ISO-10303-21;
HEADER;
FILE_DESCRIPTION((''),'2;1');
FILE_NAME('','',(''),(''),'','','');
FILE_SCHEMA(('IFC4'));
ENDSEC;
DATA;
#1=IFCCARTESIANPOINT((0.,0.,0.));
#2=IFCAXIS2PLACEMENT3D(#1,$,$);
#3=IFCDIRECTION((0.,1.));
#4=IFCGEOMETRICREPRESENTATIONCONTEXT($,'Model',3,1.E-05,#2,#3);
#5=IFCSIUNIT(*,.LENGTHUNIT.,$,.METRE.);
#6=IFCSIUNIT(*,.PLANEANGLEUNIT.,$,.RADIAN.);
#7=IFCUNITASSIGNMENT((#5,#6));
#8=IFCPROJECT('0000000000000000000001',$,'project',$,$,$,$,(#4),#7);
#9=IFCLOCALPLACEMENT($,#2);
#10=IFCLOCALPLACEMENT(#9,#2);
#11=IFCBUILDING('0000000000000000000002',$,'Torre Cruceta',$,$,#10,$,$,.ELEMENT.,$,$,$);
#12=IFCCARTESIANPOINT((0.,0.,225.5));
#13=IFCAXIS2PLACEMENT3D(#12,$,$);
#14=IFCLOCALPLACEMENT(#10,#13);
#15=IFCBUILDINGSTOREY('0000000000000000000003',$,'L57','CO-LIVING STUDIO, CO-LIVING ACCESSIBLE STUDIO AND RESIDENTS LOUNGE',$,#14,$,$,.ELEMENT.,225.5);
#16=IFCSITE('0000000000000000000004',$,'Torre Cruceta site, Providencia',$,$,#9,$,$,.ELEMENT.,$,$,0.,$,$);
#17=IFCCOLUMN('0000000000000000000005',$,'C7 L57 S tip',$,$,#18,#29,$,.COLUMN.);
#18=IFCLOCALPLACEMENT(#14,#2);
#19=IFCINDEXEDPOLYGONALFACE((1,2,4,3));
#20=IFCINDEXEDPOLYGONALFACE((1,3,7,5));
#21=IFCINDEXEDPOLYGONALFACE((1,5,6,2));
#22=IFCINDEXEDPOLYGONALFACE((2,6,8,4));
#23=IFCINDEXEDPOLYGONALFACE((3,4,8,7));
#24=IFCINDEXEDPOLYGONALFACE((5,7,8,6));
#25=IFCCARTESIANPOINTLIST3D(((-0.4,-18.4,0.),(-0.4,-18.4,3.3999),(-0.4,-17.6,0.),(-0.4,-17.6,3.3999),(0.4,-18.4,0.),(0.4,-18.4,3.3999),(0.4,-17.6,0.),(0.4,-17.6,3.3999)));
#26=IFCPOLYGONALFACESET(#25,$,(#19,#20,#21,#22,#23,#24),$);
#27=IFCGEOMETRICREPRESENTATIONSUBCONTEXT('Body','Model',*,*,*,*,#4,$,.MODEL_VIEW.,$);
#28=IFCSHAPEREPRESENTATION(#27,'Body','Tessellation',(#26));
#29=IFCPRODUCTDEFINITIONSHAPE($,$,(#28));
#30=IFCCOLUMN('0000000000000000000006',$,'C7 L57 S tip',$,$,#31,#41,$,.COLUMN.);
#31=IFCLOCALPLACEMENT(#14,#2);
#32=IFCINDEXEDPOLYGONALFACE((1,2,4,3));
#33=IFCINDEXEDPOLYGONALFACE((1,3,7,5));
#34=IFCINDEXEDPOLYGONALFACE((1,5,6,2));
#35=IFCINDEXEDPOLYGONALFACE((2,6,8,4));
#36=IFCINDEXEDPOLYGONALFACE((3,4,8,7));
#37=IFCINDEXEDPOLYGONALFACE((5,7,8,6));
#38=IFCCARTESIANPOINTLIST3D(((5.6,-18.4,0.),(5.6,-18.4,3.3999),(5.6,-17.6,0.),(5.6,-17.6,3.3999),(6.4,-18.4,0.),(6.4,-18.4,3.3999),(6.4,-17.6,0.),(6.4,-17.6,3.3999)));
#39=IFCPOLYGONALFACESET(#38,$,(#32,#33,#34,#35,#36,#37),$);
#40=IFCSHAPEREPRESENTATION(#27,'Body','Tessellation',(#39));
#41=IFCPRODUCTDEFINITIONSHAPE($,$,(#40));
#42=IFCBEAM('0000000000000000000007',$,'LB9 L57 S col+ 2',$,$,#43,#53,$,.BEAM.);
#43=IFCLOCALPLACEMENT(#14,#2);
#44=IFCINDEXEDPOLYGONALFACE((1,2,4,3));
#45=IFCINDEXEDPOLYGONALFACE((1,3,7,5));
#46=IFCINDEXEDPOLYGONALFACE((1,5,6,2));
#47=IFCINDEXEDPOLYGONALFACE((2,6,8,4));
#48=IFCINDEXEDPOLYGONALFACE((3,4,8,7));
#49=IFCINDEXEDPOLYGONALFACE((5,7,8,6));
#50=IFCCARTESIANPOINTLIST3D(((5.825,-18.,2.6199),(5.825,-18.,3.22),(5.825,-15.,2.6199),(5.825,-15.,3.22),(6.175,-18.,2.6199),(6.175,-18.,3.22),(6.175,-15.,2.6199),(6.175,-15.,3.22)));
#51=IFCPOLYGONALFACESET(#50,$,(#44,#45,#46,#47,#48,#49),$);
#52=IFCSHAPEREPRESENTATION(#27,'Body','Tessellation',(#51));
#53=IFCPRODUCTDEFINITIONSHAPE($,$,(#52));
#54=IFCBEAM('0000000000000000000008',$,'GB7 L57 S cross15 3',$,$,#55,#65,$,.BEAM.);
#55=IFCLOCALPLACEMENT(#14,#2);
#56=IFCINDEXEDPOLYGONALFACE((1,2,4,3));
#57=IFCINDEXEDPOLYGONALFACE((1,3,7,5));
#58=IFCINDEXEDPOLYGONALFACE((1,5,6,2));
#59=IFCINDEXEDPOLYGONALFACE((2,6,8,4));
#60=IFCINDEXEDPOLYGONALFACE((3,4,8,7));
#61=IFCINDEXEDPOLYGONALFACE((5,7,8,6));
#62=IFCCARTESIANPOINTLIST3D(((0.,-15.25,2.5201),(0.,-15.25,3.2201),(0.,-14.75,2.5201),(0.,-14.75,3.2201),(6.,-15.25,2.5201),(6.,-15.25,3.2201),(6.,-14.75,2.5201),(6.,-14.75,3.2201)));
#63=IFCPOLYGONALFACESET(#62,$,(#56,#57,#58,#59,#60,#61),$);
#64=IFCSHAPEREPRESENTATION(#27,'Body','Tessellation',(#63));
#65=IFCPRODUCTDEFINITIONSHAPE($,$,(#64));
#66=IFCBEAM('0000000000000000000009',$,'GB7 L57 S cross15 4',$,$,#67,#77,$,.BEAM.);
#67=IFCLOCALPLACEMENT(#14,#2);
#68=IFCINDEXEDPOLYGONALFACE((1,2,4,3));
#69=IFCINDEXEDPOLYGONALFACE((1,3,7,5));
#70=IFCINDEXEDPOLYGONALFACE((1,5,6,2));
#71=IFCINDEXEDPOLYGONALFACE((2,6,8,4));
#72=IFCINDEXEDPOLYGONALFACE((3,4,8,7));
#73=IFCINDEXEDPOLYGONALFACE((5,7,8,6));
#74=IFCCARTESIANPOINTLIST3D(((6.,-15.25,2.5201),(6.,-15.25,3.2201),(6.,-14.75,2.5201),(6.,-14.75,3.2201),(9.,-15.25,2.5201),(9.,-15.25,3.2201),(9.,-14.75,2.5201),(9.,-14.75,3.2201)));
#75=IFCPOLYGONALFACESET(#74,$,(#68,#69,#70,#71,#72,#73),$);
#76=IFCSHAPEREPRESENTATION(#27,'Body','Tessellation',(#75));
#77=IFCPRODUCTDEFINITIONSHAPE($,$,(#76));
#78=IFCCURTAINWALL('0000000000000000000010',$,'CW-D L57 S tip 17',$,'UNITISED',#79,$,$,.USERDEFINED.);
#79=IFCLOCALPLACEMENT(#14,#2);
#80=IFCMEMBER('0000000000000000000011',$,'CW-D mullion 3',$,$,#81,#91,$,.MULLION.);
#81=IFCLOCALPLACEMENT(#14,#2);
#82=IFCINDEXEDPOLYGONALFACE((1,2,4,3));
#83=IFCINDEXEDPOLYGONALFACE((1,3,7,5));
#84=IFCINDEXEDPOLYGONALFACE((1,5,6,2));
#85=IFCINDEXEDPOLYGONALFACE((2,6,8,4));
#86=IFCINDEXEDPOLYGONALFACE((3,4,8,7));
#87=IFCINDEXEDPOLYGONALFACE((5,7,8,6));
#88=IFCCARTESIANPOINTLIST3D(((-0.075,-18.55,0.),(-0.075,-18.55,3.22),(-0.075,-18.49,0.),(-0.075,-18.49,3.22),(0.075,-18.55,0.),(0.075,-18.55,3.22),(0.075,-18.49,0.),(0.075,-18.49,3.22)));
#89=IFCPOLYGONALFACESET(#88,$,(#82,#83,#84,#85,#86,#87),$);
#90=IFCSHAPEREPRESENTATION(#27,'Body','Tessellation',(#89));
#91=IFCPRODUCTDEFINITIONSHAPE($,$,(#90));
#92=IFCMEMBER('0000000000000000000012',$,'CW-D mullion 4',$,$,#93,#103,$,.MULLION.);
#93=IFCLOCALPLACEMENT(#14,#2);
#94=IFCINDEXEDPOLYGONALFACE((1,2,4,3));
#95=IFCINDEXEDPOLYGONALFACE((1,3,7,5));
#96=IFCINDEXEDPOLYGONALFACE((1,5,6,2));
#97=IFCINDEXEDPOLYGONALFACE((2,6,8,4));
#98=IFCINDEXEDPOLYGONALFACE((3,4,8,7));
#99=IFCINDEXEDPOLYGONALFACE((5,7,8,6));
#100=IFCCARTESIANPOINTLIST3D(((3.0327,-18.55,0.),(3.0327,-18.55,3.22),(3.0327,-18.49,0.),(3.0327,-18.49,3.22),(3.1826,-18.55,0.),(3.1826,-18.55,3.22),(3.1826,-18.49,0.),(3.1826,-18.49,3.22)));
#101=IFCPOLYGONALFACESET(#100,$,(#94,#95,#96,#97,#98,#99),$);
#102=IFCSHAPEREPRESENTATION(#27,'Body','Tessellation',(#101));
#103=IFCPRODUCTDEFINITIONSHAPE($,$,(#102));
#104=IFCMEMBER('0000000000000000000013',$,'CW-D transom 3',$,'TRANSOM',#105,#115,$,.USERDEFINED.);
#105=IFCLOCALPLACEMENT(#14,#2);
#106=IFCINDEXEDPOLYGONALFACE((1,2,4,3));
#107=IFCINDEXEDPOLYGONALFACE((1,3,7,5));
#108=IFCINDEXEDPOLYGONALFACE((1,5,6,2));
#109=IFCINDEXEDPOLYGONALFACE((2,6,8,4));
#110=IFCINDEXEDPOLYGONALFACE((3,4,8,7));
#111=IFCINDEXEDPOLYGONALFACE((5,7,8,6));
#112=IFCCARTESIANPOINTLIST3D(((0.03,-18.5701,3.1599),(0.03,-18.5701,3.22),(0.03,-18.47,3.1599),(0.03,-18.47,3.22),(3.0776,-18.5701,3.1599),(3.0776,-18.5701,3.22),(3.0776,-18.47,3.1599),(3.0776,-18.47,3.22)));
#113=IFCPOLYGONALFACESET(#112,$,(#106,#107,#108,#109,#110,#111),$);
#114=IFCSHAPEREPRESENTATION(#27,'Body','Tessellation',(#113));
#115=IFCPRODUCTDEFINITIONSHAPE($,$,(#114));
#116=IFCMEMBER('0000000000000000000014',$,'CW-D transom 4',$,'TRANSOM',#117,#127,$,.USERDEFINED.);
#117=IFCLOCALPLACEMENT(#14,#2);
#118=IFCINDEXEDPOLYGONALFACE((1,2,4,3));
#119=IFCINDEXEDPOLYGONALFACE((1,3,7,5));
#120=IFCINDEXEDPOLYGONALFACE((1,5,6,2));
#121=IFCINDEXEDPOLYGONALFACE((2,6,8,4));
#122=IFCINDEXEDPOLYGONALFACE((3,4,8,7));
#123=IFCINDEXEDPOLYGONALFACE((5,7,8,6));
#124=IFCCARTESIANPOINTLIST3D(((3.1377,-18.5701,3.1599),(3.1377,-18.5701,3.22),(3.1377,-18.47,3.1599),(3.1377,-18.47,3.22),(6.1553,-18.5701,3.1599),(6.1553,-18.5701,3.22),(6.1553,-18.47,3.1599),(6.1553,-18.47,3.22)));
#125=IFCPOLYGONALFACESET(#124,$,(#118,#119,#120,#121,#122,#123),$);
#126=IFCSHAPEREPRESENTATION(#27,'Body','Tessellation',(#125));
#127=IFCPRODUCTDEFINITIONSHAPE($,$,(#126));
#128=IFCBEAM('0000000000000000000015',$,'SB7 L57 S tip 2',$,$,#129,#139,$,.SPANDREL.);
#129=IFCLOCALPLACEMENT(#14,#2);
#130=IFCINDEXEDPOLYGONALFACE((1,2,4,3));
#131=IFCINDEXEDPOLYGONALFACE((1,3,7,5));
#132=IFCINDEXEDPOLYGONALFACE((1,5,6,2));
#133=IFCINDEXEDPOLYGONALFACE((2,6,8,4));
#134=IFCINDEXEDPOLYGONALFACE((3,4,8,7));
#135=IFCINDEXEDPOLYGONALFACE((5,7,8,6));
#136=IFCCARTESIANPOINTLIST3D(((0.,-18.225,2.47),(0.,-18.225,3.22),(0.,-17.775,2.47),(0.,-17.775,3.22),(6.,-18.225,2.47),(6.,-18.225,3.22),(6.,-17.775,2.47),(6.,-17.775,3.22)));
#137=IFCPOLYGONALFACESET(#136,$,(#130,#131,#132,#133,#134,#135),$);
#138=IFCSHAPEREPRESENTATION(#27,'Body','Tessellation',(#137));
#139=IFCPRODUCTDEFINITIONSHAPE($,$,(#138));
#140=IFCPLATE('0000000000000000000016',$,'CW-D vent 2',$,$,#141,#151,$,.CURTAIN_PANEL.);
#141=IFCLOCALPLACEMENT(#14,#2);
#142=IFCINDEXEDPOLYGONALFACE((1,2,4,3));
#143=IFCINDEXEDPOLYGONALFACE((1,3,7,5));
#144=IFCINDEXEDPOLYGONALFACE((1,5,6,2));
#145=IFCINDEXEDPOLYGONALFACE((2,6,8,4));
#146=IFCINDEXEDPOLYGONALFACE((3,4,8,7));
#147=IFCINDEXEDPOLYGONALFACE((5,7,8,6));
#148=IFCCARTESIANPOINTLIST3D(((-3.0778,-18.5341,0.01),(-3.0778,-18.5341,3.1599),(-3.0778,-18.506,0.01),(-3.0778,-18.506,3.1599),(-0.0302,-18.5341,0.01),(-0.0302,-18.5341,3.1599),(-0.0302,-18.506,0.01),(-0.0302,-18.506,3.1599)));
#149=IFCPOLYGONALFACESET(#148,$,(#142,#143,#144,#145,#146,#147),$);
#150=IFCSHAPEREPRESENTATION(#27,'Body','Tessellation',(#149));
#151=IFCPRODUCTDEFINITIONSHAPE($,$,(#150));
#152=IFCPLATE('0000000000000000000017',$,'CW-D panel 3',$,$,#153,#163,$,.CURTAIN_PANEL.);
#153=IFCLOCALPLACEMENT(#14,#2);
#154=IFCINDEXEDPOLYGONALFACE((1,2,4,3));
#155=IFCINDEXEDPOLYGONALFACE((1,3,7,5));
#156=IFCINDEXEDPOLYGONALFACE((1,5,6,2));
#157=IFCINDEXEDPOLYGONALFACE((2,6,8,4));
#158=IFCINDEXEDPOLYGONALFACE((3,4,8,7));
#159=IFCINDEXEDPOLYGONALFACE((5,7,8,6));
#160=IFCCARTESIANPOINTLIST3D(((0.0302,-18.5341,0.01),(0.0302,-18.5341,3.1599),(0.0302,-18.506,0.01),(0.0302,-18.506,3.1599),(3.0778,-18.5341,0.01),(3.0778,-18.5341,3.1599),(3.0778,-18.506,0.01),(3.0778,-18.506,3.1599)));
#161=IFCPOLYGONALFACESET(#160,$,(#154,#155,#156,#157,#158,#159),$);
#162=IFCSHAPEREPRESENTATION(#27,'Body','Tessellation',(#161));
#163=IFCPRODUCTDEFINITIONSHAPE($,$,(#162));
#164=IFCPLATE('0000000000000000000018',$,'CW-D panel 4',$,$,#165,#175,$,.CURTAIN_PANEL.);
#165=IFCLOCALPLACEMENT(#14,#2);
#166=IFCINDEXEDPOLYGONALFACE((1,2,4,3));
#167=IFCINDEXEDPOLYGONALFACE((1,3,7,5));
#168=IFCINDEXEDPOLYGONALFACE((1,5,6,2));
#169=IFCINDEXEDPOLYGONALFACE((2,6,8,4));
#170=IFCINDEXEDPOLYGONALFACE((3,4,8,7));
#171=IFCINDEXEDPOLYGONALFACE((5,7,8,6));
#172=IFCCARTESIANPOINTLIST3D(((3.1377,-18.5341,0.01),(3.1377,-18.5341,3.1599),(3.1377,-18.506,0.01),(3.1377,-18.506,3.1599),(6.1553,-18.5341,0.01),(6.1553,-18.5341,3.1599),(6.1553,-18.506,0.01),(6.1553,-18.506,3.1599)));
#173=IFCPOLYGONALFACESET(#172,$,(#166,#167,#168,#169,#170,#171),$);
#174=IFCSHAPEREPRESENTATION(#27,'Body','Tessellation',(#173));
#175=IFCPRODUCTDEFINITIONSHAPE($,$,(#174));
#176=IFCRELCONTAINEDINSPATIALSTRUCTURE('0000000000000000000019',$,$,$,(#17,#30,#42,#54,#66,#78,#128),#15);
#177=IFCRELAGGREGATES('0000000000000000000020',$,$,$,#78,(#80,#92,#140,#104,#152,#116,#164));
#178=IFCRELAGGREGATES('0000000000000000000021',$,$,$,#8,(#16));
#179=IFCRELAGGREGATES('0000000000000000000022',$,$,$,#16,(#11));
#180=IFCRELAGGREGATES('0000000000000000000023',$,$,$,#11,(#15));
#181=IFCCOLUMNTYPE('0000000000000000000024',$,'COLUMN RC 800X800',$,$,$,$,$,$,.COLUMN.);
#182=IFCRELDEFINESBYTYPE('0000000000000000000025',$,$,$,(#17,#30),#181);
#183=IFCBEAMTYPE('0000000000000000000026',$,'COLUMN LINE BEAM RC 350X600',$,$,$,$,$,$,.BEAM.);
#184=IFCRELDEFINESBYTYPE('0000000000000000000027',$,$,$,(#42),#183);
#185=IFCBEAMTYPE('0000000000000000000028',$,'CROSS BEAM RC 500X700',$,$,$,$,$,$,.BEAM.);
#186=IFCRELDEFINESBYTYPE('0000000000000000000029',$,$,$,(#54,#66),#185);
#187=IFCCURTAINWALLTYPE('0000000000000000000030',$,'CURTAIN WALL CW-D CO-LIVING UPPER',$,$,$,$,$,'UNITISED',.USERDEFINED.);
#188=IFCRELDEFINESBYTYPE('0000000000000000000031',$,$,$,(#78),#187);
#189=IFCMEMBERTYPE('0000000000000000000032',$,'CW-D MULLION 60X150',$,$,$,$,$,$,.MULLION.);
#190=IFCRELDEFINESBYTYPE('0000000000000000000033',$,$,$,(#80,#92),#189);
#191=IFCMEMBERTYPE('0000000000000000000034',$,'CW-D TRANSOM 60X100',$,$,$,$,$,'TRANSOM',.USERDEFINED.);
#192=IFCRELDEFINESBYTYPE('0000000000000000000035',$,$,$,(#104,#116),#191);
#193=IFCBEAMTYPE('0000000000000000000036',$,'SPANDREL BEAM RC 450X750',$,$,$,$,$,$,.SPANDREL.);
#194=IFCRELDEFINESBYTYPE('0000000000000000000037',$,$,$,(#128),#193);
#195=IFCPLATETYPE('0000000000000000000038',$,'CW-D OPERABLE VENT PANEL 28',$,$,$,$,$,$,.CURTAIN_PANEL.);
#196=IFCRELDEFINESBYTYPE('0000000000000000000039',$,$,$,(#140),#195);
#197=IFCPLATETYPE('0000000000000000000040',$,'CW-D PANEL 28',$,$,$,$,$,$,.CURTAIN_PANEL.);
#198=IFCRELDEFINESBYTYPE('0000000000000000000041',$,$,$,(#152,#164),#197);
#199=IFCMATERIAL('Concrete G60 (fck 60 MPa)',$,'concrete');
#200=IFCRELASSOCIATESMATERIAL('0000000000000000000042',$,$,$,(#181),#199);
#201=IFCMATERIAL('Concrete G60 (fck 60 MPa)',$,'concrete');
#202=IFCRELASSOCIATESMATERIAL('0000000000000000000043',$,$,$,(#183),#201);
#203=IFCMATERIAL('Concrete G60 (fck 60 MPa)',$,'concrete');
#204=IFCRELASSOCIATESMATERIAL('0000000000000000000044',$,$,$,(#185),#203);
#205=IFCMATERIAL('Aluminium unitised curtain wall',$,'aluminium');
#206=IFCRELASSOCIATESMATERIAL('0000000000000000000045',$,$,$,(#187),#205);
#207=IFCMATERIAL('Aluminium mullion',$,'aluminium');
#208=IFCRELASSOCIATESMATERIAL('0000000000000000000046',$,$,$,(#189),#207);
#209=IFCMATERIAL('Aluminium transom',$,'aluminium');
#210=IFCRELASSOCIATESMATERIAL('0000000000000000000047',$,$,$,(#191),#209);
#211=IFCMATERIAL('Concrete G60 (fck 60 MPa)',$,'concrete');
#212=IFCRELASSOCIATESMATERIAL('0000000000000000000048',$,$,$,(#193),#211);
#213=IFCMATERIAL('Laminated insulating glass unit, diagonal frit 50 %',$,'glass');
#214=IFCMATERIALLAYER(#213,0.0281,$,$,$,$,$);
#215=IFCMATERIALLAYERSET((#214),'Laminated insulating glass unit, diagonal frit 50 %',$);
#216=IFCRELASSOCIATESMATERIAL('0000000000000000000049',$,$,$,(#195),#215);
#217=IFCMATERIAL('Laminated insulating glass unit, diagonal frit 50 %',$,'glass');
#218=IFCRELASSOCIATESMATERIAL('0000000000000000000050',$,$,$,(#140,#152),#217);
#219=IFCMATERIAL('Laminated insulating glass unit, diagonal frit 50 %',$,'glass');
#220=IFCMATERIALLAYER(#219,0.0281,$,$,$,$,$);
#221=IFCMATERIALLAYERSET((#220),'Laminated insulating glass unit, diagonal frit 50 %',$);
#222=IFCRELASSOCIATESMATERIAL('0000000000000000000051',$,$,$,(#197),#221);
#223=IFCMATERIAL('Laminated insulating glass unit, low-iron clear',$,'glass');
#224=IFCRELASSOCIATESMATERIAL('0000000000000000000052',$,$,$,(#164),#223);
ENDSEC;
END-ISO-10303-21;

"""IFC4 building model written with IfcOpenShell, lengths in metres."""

from ifc_helpers import new_model, si_unit, direction, frame, origin, origin_2d, place, context, subcontext, project, spatial, rectangle, extrude, material, layer, layer_set, material_profile, profile_set, type_object, element, aggregate, save


model = new_model("IFC4")

# Units and contexts
model_context = context("Model", 3, precision=1e-05, world=origin(), true_north=direction((0.0, 1.0)))
body_context = subcontext(model_context, "Body", "Model", "MODEL_VIEW")
ifc_project = project(units=[si_unit("LENGTHUNIT", "METRE"), si_unit("PLANEANGLEUNIT", "RADIAN")], contexts=[model_context])

# Site, building, storey
site_placement = place(None, origin())
site = spatial("IfcSite", under=ifc_project, at=site_placement, Name="Torre Cruceta site, Providencia", CompositionType="ELEMENT", RefElevation=0.0)
building_placement = place(site_placement, origin())
building = spatial("IfcBuilding", under=site, at=building_placement, Name="Torre Cruceta", CompositionType="ELEMENT")
storey_placement = place(building_placement, frame((0.0, 0.0, 225.5)))
storey = spatial("IfcBuildingStorey", under=building, at=storey_placement, Name="L57", Description="CO-LIVING STUDIO, CO-LIVING ACCESSIBLE STUDIO AND RESIDENTS LOUNGE", CompositionType="ELEMENT", Elevation=225.5)

# Columns
ifc_material_1 = material(Name="Concrete G60 (fck 60 MPa)", Category="concrete")
ifc_material_profile_1 = material_profile(ifc_material_1, rectangle(XDim=0.8, YDim=0.8, at=origin_2d()), Name="RC 800X800")
ifc_profile_set_1 = profile_set([ifc_material_profile_1], Name="Concrete G60 (fck 60 MPa)")
column_type = type_object("IfcColumnType", Name="COLUMN RC 800X800", PredefinedType="COLUMN", material=ifc_profile_set_1)
for number, where, z_axis, x_axis, name in (
    (1, (0.0, -18.0, 0.0), (0.0, 0.0, 1.0), (1.0, 0.0, 0.0), "C7 L57 S tip"),
    (2, (6.0, -18.0, 0.0), (0.0, 0.0, 1.0), (1.0, 0.0, 0.0), "C7 L57 S tip"),
):
    element("IfcColumn", number, at=place(storey_placement, frame(where, z_axis=z_axis, x_axis=x_axis)), inside=storey, type_object=column_type, Name=name, PredefinedType="COLUMN", context=body_context, shape_type="SweptSolid", body=[
        extrude(rectangle(XDim=0.8, YDim=0.8, at=origin_2d()), origin(), (0.0, 0.0, 1.0), 3.3999),
    ])

# Beams
ifc_material_2 = material(Name="Concrete G60 (fck 60 MPa)", Category="concrete")
ifc_material_profile_2 = material_profile(ifc_material_2, rectangle(XDim=0.3501, YDim=0.6001, at=origin_2d()), Name="RC 350X600")
ifc_profile_set_2 = profile_set([ifc_material_profile_2], Name="Concrete G60 (fck 60 MPa)")
beam_type_1 = type_object("IfcBeamType", Name="COLUMN LINE BEAM RC 350X600", PredefinedType="BEAM", material=ifc_profile_set_2)
beam_1_placement = place(storey_placement, frame((6.0, -15.0, 2.9199), z_axis=(0.0, -1.0, 0.0), x_axis=(1.0, 0.0, 0.0)))
element("IfcBeam", 3, at=beam_1_placement, inside=storey, type_object=beam_type_1, Name="LB9 L57 S col+ 2", PredefinedType="BEAM", context=body_context, shape_type="SweptSolid", body=[
    extrude(rectangle(XDim=0.3501, YDim=0.6001, at=origin_2d()), origin(), (0.0, 0.0, 1.0), 3.0),
])
ifc_material_3 = material(Name="Concrete G60 (fck 60 MPa)", Category="concrete")
ifc_material_profile_3 = material_profile(ifc_material_3, rectangle(XDim=0.5, YDim=0.7, at=origin_2d()), Name="RC 500X700")
ifc_profile_set_3 = profile_set([ifc_material_profile_3], Name="Concrete G60 (fck 60 MPa)")
beam_type_2 = type_object("IfcBeamType", Name="CROSS BEAM RC 500X700", PredefinedType="BEAM", material=ifc_profile_set_3)
beam_2_placement = place(storey_placement, frame((0.0, -15.0, 2.8701), z_axis=(1.0, 0.0, 0.0), x_axis=(0.0, 1.0, 0.0)))
element("IfcBeam", 4, at=beam_2_placement, inside=storey, type_object=beam_type_2, Name="GB7 L57 S cross15 3", PredefinedType="BEAM", context=body_context, shape_type="SweptSolid", body=[
    extrude(rectangle(XDim=0.5, YDim=0.7, at=origin_2d()), origin(), (0.0, 0.0, 1.0), 6.0),
])
beam_3_placement = place(storey_placement, frame((6.0, -15.0, 2.8701), z_axis=(1.0, 0.0, 0.0), x_axis=(0.0, 1.0, 0.0)))
element("IfcBeam", 5, at=beam_3_placement, inside=storey, type_object=beam_type_2, Name="GB7 L57 S cross15 4", PredefinedType="BEAM", context=body_context, shape_type="SweptSolid", body=[
    extrude(rectangle(XDim=0.5, YDim=0.7, at=origin_2d()), origin(), (0.0, 0.0, 1.0), 3.0),
])

# Curtain wall, members
ifc_material_4 = material(Name="Aluminium unitised curtain wall", Category="aluminium")
curtain_wall_type = type_object("IfcCurtainWallType", Name="CURTAIN WALL CW-D CO-LIVING UPPER", ElementType="UNITISED", PredefinedType="USERDEFINED", material=ifc_material_4)
curtain_wall_placement = place(storey_placement, origin())
curtain_wall = element("IfcCurtainWall", 6, at=curtain_wall_placement, inside=storey, type_object=curtain_wall_type, Name="CW-D L57 S tip 17", ObjectType="UNITISED", PredefinedType="USERDEFINED")
ifc_material_5 = material(Name="Aluminium mullion", Category="aluminium")
ifc_material_profile_4 = material_profile(ifc_material_5, rectangle(XDim=0.0601, YDim=0.1499, at=origin_2d()), Name="AL 60X150")
ifc_profile_set_4 = profile_set([ifc_material_profile_4], Name="Aluminium mullion")
member_type_1 = type_object("IfcMemberType", Name="CW-D MULLION 60X150", PredefinedType="MULLION", material=ifc_profile_set_4)
member_1_placement = place(storey_placement, frame((0.0, -18.52, 0.0), z_axis=(0.0, 0.0, 1.0), x_axis=(0.0, 1.0, 0.0)))
member_1 = element("IfcMember", 7, at=member_1_placement, type_object=member_type_1, Name="CW-D mullion 3", PredefinedType="MULLION", context=body_context, shape_type="SweptSolid", body=[
    extrude(rectangle(XDim=0.0601, YDim=0.1499, at=origin_2d()), origin(), (0.0, 0.0, 1.0), 3.22),
])
member_2_placement = place(storey_placement, frame((3.1077, -18.52, 0.0), z_axis=(0.0, 0.0, 1.0), x_axis=(0.0, 1.0, 0.0)))
member_2 = element("IfcMember", 8, at=member_2_placement, type_object=member_type_1, Name="CW-D mullion 4", PredefinedType="MULLION", context=body_context, shape_type="SweptSolid", body=[
    extrude(rectangle(XDim=0.0601, YDim=0.1499, at=origin_2d()), origin(), (0.0, 0.0, 1.0), 3.22),
])
ifc_material_6 = material(Name="Aluminium transom", Category="aluminium")
ifc_material_profile_5 = material_profile(ifc_material_6, rectangle(XDim=0.1001, YDim=0.0601, at=origin_2d()), Name="AL 100X60")
ifc_profile_set_5 = profile_set([ifc_material_profile_5], Name="Aluminium transom")
member_type_2 = type_object("IfcMemberType", Name="CW-D TRANSOM 60X100", ElementType="TRANSOM", PredefinedType="USERDEFINED", material=ifc_profile_set_5)
member_3_placement = place(storey_placement, frame((0.03, -18.52, 3.1899), z_axis=(1.0, 0.0, 0.0), x_axis=(0.0, 1.0, 0.0)))
member_3 = element("IfcMember", 9, at=member_3_placement, type_object=member_type_2, Name="CW-D transom 3", ObjectType="TRANSOM", PredefinedType="USERDEFINED", context=body_context, shape_type="SweptSolid", body=[
    extrude(rectangle(XDim=0.1001, YDim=0.0601, at=origin_2d()), origin(), (0.0, 0.0, 1.0), 3.0476),
])
member_4_placement = place(storey_placement, frame((3.1377, -18.52, 3.1899), z_axis=(1.0, 0.0, 0.0), x_axis=(0.0, 1.0, 0.0)))
member_4 = element("IfcMember", 10, at=member_4_placement, type_object=member_type_2, Name="CW-D transom 4", ObjectType="TRANSOM", PredefinedType="USERDEFINED", context=body_context, shape_type="SweptSolid", body=[
    extrude(rectangle(XDim=0.1001, YDim=0.0601, at=origin_2d()), origin(), (0.0, 0.0, 1.0), 3.0176),
])

# Beam
ifc_material_7 = material(Name="Concrete G60 (fck 60 MPa)", Category="concrete")
ifc_material_profile_6 = material_profile(ifc_material_7, rectangle(XDim=0.45, YDim=0.75, at=origin_2d()), Name="RC 450X750")
ifc_profile_set_6 = profile_set([ifc_material_profile_6], Name="Concrete G60 (fck 60 MPa)")
beam_type_3 = type_object("IfcBeamType", Name="SPANDREL BEAM RC 450X750", PredefinedType="SPANDREL", material=ifc_profile_set_6)
beam_4_placement = place(storey_placement, frame((0.0, -18.0, 2.845), z_axis=(1.0, 0.0, 0.0), x_axis=(0.0, 1.0, 0.0)))
element("IfcBeam", 11, at=beam_4_placement, inside=storey, type_object=beam_type_3, Name="SB7 L57 S tip 2", PredefinedType="SPANDREL", context=body_context, shape_type="SweptSolid", body=[
    extrude(rectangle(XDim=0.45, YDim=0.75, at=origin_2d()), origin(), (0.0, 0.0, 1.0), 6.0),
])

# Plates
ifc_material_8 = material(Name="Laminated insulating glass unit, diagonal frit 50 %", Category="glass")
ifc_material_9 = material(Name="Laminated insulating glass unit, diagonal frit 50 %", Category="glass")
ifc_layer_1 = layer(ifc_material_9, 0.0281)
ifc_layer_set_1 = layer_set([ifc_layer_1], Name="Laminated insulating glass unit, diagonal frit 50 %")
plate_type_1 = type_object("IfcPlateType", Name="CW-D OPERABLE VENT PANEL 28", PredefinedType="CURTAIN_PANEL", material=ifc_layer_set_1)
plate_1_placement = place(storey_placement, frame((-1.554, -18.52, 0.01), z_axis=(0.0, 0.0, 1.0), x_axis=(1.0, 0.0, 0.0)))
plate_1 = element("IfcPlate", 12, at=plate_1_placement, type_object=plate_type_1, material=ifc_material_8, Name="CW-D vent 2", PredefinedType="CURTAIN_PANEL", context=body_context, shape_type="SweptSolid", body=[
    extrude(rectangle(XDim=3.0476, YDim=0.0281, at=origin_2d()), origin(), (0.0, 0.0, 1.0), 3.1499),
])
ifc_material_10 = material(Name="Laminated insulating glass unit, diagonal frit 50 %", Category="glass")
ifc_layer_2 = layer(ifc_material_10, 0.0281)
ifc_layer_set_2 = layer_set([ifc_layer_2], Name="Laminated insulating glass unit, diagonal frit 50 %")
plate_type_2 = type_object("IfcPlateType", Name="CW-D PANEL 28", PredefinedType="CURTAIN_PANEL", material=ifc_layer_set_2)
plate_2_placement = place(storey_placement, frame((1.554, -18.52, 0.01), z_axis=(0.0, 0.0, 1.0), x_axis=(1.0, 0.0, 0.0)))
plate_2 = element("IfcPlate", 13, at=plate_2_placement, type_object=plate_type_2, material=ifc_material_8, Name="CW-D panel 3", PredefinedType="CURTAIN_PANEL", context=body_context, shape_type="SweptSolid", body=[
    extrude(rectangle(XDim=3.0476, YDim=0.0281, at=origin_2d()), origin(), (0.0, 0.0, 1.0), 3.1499),
])
ifc_material_11 = material(Name="Laminated insulating glass unit, low-iron clear", Category="glass")
plate_3_placement = place(storey_placement, frame((4.6465, -18.52, 0.01), z_axis=(0.0, 0.0, 1.0), x_axis=(1.0, 0.0, 0.0)))
plate_3 = element("IfcPlate", 14, at=plate_3_placement, type_object=plate_type_2, material=ifc_material_11, Name="CW-D panel 4", PredefinedType="CURTAIN_PANEL", context=body_context, shape_type="SweptSolid", body=[
    extrude(rectangle(XDim=3.0176, YDim=0.0281, at=origin_2d()), origin(), (0.0, 0.0, 1.0), 3.1499),
])
aggregate(curtain_wall, [member_1, member_2, plate_1, member_3, plate_2, member_4, plate_3])

save(model, "model.ifc")
